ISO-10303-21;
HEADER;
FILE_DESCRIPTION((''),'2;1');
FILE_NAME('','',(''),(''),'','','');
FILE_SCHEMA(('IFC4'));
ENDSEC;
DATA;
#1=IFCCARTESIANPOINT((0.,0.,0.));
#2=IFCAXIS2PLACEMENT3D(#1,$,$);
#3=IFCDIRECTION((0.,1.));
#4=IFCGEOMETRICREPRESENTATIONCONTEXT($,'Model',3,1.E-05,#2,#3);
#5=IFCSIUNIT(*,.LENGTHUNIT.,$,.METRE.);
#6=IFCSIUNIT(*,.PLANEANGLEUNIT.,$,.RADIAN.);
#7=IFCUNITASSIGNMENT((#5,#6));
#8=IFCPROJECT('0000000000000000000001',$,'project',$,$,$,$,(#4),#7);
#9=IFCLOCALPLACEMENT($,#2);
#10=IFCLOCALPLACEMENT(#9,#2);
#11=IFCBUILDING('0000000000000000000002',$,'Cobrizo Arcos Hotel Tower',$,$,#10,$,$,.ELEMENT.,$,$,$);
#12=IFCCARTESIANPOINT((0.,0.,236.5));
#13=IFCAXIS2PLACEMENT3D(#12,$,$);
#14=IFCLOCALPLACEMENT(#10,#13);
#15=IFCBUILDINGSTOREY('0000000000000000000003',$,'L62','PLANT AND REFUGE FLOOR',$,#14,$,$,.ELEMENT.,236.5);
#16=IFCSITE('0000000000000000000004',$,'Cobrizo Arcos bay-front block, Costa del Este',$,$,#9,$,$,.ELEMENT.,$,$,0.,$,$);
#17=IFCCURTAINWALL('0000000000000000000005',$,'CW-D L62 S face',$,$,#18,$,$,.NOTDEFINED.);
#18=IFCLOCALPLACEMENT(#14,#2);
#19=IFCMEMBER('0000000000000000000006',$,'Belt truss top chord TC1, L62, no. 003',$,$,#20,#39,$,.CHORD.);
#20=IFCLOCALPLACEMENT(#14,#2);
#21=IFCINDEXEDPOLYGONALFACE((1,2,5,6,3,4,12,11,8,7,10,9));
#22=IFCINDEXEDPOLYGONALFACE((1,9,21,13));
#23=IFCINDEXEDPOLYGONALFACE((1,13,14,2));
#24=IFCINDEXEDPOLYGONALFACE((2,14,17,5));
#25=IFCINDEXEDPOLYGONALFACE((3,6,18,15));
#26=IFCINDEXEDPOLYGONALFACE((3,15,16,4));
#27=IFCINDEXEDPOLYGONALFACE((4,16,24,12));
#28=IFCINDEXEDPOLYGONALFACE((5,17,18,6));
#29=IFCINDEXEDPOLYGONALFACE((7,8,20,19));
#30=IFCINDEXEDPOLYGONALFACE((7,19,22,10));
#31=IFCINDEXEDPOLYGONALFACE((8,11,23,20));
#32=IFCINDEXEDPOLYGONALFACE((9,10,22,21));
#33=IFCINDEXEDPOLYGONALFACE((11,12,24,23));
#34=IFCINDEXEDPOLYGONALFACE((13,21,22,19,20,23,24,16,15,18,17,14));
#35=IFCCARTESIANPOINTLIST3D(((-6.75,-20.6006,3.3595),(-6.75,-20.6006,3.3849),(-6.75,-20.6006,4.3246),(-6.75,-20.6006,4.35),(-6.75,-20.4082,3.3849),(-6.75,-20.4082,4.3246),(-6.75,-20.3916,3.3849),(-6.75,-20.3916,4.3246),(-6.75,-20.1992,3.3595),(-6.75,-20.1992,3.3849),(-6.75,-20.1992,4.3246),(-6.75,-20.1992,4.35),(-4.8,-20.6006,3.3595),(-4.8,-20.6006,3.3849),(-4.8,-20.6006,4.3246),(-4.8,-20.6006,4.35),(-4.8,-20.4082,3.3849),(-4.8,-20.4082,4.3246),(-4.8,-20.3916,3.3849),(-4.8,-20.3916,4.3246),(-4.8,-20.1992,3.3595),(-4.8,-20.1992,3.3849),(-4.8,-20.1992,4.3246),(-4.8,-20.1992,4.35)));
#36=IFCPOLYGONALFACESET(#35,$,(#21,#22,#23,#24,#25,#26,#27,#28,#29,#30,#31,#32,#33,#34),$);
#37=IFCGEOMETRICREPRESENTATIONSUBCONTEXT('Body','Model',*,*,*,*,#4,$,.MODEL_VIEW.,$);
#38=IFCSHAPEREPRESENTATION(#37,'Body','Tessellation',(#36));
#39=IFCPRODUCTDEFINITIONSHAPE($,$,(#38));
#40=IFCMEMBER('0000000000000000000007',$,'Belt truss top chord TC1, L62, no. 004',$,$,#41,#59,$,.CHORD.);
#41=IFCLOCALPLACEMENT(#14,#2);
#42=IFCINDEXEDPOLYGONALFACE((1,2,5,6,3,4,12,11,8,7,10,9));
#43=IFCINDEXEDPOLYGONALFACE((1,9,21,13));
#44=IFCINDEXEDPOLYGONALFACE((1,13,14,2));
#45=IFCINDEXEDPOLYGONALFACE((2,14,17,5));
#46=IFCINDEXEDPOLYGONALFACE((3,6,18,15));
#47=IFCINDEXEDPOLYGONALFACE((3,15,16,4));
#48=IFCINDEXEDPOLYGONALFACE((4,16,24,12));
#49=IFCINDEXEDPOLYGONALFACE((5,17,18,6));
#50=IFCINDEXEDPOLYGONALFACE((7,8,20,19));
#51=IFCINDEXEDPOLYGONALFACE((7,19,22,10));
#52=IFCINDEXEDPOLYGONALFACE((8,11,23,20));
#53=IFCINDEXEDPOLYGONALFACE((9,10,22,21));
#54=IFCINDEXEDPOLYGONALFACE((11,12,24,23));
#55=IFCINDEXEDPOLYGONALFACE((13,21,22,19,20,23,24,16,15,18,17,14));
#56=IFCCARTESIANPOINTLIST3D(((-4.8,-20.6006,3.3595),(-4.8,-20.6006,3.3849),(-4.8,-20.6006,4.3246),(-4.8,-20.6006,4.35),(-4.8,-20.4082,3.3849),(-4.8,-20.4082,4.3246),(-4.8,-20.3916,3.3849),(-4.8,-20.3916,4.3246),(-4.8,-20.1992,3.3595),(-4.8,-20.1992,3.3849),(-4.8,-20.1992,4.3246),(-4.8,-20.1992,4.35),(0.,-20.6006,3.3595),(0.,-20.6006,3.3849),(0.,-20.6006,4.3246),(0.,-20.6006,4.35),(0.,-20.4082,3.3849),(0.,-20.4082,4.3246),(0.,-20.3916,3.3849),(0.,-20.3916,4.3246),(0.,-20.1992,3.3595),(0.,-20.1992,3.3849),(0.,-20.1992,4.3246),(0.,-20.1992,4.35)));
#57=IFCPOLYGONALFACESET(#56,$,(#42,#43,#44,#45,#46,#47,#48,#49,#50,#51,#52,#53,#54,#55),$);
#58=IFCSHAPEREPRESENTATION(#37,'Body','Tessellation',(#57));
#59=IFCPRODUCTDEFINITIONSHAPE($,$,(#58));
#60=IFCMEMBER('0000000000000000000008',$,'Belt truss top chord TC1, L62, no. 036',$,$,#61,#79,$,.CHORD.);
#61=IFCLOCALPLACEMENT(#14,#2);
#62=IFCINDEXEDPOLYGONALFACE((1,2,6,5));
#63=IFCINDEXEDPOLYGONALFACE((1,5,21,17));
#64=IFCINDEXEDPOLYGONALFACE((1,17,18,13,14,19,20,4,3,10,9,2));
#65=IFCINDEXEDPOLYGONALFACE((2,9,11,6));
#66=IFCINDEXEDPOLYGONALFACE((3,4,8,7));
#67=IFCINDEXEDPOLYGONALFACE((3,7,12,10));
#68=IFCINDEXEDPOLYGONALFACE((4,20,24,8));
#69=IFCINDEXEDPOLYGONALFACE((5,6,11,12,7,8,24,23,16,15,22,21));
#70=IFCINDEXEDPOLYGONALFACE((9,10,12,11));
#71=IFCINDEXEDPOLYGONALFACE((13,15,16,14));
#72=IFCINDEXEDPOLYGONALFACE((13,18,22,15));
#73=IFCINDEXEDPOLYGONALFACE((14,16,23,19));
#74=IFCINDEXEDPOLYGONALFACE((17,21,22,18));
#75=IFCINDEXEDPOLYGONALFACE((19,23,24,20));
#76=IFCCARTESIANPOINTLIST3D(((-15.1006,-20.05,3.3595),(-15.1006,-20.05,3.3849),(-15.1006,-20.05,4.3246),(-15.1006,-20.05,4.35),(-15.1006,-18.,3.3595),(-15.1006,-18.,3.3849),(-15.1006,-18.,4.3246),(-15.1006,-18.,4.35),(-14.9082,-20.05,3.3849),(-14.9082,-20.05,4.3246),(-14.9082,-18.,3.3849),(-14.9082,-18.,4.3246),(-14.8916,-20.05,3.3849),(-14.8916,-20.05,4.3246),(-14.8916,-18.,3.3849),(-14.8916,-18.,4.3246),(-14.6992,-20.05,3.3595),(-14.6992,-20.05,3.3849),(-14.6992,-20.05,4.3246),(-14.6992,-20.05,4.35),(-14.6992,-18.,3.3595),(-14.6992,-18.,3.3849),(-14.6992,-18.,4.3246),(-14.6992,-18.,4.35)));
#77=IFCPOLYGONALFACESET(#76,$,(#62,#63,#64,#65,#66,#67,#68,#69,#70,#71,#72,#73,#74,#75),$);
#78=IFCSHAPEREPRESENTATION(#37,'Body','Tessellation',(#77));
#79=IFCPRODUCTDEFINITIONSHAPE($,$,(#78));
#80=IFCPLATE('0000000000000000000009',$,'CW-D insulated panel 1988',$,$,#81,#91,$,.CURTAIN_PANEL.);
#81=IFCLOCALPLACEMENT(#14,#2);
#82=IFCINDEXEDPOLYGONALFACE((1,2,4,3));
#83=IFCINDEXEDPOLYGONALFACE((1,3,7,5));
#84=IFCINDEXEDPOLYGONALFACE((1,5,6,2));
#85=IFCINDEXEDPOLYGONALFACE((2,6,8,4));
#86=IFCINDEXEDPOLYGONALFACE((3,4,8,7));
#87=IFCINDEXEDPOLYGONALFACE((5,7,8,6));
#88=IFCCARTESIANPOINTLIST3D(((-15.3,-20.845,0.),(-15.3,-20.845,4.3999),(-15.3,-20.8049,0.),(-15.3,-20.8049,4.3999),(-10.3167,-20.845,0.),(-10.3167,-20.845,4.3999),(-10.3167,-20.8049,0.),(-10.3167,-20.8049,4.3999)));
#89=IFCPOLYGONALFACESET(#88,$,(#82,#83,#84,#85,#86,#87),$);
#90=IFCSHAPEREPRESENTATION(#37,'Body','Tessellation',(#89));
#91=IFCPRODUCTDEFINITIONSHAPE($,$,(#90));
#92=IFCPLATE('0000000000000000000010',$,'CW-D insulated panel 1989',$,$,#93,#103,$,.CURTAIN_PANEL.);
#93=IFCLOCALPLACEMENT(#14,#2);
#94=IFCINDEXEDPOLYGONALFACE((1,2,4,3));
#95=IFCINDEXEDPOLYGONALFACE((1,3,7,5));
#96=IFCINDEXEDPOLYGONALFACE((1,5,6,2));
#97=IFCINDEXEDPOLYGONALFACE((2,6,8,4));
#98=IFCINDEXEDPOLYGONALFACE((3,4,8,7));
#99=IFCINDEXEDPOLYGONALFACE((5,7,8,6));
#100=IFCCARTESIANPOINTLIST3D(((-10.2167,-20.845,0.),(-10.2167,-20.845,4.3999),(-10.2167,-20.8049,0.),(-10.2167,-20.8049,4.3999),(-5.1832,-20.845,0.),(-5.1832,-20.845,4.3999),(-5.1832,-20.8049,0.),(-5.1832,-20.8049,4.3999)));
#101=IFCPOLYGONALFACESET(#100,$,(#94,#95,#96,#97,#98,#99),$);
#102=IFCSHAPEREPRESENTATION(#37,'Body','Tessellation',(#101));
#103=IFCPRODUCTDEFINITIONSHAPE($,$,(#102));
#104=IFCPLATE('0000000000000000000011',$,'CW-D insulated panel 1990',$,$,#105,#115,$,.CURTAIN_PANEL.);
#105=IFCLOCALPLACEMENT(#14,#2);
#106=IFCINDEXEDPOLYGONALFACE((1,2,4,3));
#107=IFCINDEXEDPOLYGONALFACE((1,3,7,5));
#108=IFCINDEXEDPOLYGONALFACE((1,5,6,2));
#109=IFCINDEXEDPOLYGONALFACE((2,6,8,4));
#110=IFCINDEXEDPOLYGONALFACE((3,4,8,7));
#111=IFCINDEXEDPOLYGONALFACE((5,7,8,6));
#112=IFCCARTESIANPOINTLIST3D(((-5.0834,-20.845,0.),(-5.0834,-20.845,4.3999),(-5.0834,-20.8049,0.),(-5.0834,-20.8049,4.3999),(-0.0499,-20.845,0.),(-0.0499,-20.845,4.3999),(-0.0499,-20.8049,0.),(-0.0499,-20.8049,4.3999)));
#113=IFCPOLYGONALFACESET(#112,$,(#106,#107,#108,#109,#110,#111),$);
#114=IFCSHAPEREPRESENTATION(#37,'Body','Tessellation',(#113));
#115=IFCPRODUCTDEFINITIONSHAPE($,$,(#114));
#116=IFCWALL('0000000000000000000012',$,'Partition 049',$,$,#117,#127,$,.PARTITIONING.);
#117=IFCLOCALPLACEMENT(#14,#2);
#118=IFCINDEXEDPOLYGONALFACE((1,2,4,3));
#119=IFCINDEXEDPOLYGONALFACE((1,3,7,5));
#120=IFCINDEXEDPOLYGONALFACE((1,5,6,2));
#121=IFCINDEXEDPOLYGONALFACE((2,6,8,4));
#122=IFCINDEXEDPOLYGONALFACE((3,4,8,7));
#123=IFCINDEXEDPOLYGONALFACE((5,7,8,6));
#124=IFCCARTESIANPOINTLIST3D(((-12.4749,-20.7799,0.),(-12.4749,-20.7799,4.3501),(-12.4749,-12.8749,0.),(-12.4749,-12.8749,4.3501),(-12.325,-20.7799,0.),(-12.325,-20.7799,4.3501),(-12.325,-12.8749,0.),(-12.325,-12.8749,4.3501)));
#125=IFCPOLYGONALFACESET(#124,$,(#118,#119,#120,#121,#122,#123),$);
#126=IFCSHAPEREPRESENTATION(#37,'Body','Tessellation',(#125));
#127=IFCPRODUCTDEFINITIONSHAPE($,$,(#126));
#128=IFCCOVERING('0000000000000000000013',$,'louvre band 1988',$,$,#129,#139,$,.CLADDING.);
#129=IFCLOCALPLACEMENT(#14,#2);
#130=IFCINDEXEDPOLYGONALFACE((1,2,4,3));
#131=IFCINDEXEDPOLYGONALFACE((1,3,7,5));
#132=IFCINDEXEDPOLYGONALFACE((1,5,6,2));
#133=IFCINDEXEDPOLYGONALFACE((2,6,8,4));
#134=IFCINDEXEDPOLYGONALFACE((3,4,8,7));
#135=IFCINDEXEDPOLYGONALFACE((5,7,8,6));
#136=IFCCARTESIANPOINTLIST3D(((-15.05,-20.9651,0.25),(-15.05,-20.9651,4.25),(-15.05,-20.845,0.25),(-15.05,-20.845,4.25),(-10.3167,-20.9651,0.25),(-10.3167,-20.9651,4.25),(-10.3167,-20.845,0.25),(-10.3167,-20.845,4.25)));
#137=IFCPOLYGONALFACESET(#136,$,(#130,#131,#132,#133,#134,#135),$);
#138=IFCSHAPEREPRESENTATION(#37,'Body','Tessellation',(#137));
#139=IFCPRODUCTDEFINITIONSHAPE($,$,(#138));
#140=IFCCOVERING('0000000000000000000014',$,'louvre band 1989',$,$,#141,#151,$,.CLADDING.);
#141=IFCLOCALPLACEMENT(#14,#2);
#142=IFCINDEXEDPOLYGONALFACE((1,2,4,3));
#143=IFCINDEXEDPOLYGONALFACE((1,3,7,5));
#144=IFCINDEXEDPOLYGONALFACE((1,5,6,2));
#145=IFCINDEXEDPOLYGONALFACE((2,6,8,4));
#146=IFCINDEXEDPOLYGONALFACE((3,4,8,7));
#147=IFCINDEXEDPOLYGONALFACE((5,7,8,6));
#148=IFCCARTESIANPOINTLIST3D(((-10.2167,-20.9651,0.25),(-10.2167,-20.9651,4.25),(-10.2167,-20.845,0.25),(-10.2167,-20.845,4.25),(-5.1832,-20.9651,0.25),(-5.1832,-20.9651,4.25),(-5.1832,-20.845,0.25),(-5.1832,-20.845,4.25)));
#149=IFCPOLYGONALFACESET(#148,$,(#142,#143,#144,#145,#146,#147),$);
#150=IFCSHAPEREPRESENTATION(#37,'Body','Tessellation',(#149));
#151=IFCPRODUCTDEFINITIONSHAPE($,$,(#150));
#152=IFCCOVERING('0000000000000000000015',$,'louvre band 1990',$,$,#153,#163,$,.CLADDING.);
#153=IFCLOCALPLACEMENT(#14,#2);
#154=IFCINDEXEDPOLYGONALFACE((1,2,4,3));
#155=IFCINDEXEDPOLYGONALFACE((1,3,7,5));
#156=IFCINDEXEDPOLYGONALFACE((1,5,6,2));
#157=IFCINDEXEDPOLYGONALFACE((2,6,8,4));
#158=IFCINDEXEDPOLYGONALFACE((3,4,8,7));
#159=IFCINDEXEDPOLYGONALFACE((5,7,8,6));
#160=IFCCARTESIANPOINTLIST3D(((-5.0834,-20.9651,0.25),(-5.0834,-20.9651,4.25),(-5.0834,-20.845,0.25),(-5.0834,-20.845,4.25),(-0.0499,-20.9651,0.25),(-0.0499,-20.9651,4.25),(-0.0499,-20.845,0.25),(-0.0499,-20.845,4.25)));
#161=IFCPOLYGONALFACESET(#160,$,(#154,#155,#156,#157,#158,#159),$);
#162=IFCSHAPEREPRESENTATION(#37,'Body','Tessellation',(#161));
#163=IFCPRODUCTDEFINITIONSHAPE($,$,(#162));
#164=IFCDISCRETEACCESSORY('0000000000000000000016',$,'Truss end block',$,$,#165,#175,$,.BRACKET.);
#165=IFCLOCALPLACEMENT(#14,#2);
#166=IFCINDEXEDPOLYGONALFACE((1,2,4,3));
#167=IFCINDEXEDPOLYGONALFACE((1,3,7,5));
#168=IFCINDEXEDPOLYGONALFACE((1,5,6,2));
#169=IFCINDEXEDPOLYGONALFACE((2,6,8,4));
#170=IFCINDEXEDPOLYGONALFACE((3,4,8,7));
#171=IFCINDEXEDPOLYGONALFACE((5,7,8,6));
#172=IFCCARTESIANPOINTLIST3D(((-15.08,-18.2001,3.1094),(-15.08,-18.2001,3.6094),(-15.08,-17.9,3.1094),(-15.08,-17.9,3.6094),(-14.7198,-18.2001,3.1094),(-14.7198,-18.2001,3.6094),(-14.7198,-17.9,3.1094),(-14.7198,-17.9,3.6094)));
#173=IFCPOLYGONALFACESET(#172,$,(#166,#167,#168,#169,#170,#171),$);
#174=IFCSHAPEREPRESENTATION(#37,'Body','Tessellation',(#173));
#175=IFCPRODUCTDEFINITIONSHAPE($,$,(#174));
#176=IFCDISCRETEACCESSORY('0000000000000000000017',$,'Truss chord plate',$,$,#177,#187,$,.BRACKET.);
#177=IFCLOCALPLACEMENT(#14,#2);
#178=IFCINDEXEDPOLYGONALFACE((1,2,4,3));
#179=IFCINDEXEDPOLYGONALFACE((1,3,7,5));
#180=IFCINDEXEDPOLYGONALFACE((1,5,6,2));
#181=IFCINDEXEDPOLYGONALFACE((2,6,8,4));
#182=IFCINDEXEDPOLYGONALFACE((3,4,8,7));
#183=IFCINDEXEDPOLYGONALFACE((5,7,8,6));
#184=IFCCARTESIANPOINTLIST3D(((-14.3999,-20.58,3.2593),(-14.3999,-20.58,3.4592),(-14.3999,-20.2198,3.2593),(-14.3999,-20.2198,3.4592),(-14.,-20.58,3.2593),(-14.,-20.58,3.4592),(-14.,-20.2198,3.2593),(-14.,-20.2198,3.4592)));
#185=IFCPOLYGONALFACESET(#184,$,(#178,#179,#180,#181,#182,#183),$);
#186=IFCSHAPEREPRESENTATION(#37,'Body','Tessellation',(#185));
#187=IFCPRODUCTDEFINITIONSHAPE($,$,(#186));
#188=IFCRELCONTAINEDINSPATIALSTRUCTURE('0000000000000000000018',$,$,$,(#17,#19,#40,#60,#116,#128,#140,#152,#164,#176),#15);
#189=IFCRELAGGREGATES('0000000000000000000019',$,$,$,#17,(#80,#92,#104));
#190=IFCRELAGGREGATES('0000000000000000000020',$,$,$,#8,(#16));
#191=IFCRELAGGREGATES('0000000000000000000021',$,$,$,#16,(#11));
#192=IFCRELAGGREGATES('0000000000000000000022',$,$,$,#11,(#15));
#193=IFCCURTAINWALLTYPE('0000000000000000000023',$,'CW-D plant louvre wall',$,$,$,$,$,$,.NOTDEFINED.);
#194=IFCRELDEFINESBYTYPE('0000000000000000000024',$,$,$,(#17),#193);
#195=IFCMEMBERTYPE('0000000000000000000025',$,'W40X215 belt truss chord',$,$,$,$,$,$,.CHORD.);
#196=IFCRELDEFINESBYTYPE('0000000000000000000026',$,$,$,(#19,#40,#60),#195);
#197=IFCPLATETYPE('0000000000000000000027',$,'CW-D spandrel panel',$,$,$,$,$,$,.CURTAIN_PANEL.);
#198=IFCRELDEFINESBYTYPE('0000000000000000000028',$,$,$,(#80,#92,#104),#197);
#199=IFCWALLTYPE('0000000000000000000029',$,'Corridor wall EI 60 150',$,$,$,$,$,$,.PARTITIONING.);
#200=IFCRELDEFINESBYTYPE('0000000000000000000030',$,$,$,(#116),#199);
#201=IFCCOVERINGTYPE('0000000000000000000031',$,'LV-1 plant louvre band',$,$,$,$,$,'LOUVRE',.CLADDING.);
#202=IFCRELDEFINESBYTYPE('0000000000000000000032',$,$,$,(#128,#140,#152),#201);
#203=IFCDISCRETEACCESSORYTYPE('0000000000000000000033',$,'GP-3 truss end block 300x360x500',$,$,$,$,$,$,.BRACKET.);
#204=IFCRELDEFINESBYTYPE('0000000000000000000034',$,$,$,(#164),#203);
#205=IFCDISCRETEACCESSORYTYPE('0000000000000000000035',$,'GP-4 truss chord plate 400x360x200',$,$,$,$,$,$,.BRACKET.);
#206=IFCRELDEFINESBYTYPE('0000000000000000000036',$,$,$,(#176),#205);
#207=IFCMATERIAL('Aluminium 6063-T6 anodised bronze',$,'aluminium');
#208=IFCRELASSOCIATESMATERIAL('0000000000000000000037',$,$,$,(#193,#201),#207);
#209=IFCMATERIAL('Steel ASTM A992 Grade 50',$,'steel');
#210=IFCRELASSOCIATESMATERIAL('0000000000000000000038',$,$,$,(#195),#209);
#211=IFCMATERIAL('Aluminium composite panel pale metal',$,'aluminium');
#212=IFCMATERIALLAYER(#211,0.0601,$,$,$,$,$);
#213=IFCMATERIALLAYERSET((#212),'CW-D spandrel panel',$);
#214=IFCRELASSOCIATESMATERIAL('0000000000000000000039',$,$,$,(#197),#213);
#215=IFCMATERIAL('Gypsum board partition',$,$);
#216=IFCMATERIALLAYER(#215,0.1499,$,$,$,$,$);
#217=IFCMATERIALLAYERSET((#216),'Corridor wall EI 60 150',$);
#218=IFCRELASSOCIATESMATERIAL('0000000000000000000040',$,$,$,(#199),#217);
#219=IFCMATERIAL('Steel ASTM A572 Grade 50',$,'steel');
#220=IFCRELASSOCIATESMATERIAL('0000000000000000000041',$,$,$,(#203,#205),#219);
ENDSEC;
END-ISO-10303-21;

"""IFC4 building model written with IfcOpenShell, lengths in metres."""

from ifc_helpers import new_model, si_unit, direction, frame, frame_2d, origin, origin_2d, place, context, subcontext, project, spatial, rectangle, i_section, extrude, material, layer, layer_set, material_profile, profile_set, type_object, element, aggregate, save


model = new_model("IFC4")

# Units and contexts
model_context = context("Model", 3, precision=1e-05, world=origin(), true_north=direction((0.0, 1.0)))
body_context = subcontext(model_context, "Body", "Model", "MODEL_VIEW")
ifc_project = project(units=[si_unit("LENGTHUNIT", "METRE"), si_unit("PLANEANGLEUNIT", "RADIAN")], contexts=[model_context])

# Site, building, storey
site_placement = place(None, origin())
site = spatial("IfcSite", under=ifc_project, at=site_placement, Name="Cobrizo Arcos bay-front block, Costa del Este", CompositionType="ELEMENT", RefElevation=0.0)
building_placement = place(site_placement, origin())
building = spatial("IfcBuilding", under=site, at=building_placement, Name="Cobrizo Arcos Hotel Tower", CompositionType="ELEMENT")
storey_placement = place(building_placement, frame((0.0, 0.0, 236.5)))
storey = spatial("IfcBuildingStorey", under=building, at=storey_placement, Name="L62", Description="PLANT AND REFUGE FLOOR", CompositionType="ELEMENT", Elevation=236.5)

# Curtain wall
ifc_material_1 = material(Name="Aluminium 6063-T6 anodised bronze", Category="aluminium")
curtain_wall_type = type_object("IfcCurtainWallType", Name="CW-D plant louvre wall", PredefinedType="NOTDEFINED", material=ifc_material_1)
curtain_wall_placement = place(storey_placement, origin())
curtain_wall = element("IfcCurtainWall", 1, at=curtain_wall_placement, inside=storey, type_object=curtain_wall_type, Name="CW-D L62 S face", PredefinedType="NOTDEFINED")

# Members
ifc_material_2 = material(Name="Steel ASTM A992 Grade 50", Category="steel")
ifc_material_profile_1 = material_profile(ifc_material_2, i_section(OverallWidth=0.4014, OverallDepth=0.9905, WebThickness=0.0166, FlangeThickness=0.0254, at=origin_2d()), Name="W40X215")
ifc_profile_set_1 = profile_set([ifc_material_profile_1], Name="Steel ASTM A992 Grade 50")
member_type_1 = type_object("IfcMemberType", Name="W40X215 belt truss chord", PredefinedType="CHORD", material=ifc_profile_set_1)
member_1_placement = place(storey_placement, frame((-6.75, -20.3999, 3.8547), z_axis=(1.0, 0.0, 0.0), x_axis=(0.0, 1.0, 0.0)))
element("IfcMember", 2, at=member_1_placement, inside=storey, type_object=member_type_1, Name="Belt truss top chord TC1, L62, no. 003", PredefinedType="CHORD", context=body_context, shape_type="SweptSolid", body=[
    extrude(i_section(OverallWidth=0.4014, OverallDepth=0.9905, WebThickness=0.0166, FlangeThickness=0.0254, at=origin_2d()), origin(), (0.0, 0.0, 1.0), 1.95),
])
member_2_placement = place(storey_placement, frame((-4.8, -20.3999, 3.8547), z_axis=(1.0, 0.0, 0.0), x_axis=(0.0, 1.0, 0.0)))
element("IfcMember", 3, at=member_2_placement, inside=storey, type_object=member_type_1, Name="Belt truss top chord TC1, L62, no. 004", PredefinedType="CHORD", context=body_context, shape_type="SweptSolid", body=[
    extrude(i_section(OverallWidth=0.4014, OverallDepth=0.9905, WebThickness=0.0166, FlangeThickness=0.0254, at=origin_2d()), origin(), (0.0, 0.0, 1.0), 4.8),
])
member_3_placement = place(storey_placement, frame((-14.8999, -18.0, 3.8547), z_axis=(0.0, -1.0, 0.0), x_axis=(1.0, 0.0, 0.0)))
element("IfcMember", 4, at=member_3_placement, inside=storey, type_object=member_type_1, Name="Belt truss top chord TC1, L62, no. 036", PredefinedType="CHORD", context=body_context, shape_type="SweptSolid", body=[
    extrude(i_section(OverallWidth=0.4014, OverallDepth=0.9905, WebThickness=0.0166, FlangeThickness=0.0254, at=origin_2d()), origin(), (0.0, 0.0, 1.0), 2.05),
])

# Plates
ifc_material_3 = material(Name="Aluminium composite panel pale metal", Category="aluminium")
ifc_layer_1 = layer(ifc_material_3, 0.0601)
ifc_layer_set_1 = layer_set([ifc_layer_1], Name="CW-D spandrel panel")
plate_type = type_object("IfcPlateType", Name="CW-D spandrel panel", PredefinedType="CURTAIN_PANEL", material=ifc_layer_set_1)
plate_1_placement = place(storey_placement, frame((-12.8083, -20.825, 0.0), z_axis=(0.0, 0.0, 1.0), x_axis=(1.0, 0.0, 0.0)))
plate_1 = element("IfcPlate", 5, at=plate_1_placement, type_object=plate_type, Name="CW-D insulated panel 1988", PredefinedType="CURTAIN_PANEL", context=body_context, shape_type="SweptSolid", body=[
    extrude(rectangle(XDim=4.9834, YDim=0.04, at=origin_2d()), origin(), (0.0, 0.0, 1.0), 4.3999),
])
plate_2_placement = place(storey_placement, frame((-7.7, -20.825, 0.0), z_axis=(0.0, 0.0, 1.0), x_axis=(1.0, 0.0, 0.0)))
plate_2 = element("IfcPlate", 6, at=plate_2_placement, type_object=plate_type, Name="CW-D insulated panel 1989", PredefinedType="CURTAIN_PANEL", context=body_context, shape_type="SweptSolid", body=[
    extrude(rectangle(XDim=5.0334, YDim=0.04, at=origin_2d()), origin(), (0.0, 0.0, 1.0), 4.3999),
])
plate_3_placement = place(storey_placement, frame((-2.5667, -20.825, 0.0), z_axis=(0.0, 0.0, 1.0), x_axis=(1.0, 0.0, 0.0)))
plate_3 = element("IfcPlate", 7, at=plate_3_placement, type_object=plate_type, Name="CW-D insulated panel 1990", PredefinedType="CURTAIN_PANEL", context=body_context, shape_type="SweptSolid", body=[
    extrude(rectangle(XDim=5.0334, YDim=0.04, at=origin_2d()), origin(), (0.0, 0.0, 1.0), 4.3999),
])
aggregate(curtain_wall, [plate_1, plate_2, plate_3])

# Wall
ifc_material_4 = material(Name="Gypsum board partition")
ifc_layer_2 = layer(ifc_material_4, 0.1499)
ifc_layer_set_2 = layer_set([ifc_layer_2], Name="Corridor wall EI 60 150")
wall_type = type_object("IfcWallType", Name="Corridor wall EI 60 150", PredefinedType="PARTITIONING", material=ifc_layer_set_2)
wall_placement = place(storey_placement, frame((-12.3999, -20.78, 0.0), z_axis=(0.0, 0.0, 1.0), x_axis=(0.0, 1.0, 0.0)))
element("IfcWall", 8, at=wall_placement, inside=storey, type_object=wall_type, Name="Partition 049", PredefinedType="PARTITIONING", context=body_context, shape_type="SweptSolid", body=[
    extrude(rectangle(XDim=7.905, YDim=0.1499, at=frame_2d((3.9526, 0.0))), origin(), (0.0, 0.0, 1.0), 4.3501),
])

# Coverings
covering_type = type_object("IfcCoveringType", Name="LV-1 plant louvre band", ElementType="LOUVRE", PredefinedType="CLADDING", material=ifc_material_1)
covering_placement = place(storey_placement, frame((-12.6833, -20.905, 0.25), z_axis=(0.0, 0.0, 1.0), x_axis=(1.0, 0.0, 0.0)))
element("IfcCovering", 9, at=covering_placement, inside=storey, type_object=covering_type, Name="louvre band 1988", PredefinedType="CLADDING", context=body_context, shape_type="SweptSolid", body=[
    extrude(rectangle(XDim=4.7334, YDim=0.1201, at=origin_2d()), origin(), (0.0, 0.0, 1.0), 4.0),
])
for number, where, z_axis, x_axis, name in (
    (10, (-7.7, -20.905, 0.25), (0.0, 0.0, 1.0), (1.0, 0.0, 0.0), "louvre band 1989"),
    (11, (-2.5667, -20.905, 0.25), (0.0, 0.0, 1.0), (1.0, 0.0, 0.0), "louvre band 1990"),
):
    element("IfcCovering", number, at=place(storey_placement, frame(where, z_axis=z_axis, x_axis=x_axis)), inside=storey, type_object=covering_type, Name=name, PredefinedType="CLADDING", context=body_context, shape_type="SweptSolid", body=[
        extrude(rectangle(XDim=5.0334, YDim=0.1201, at=origin_2d()), origin(), (0.0, 0.0, 1.0), 4.0),
    ])

# Discrete accessories
ifc_material_5 = material(Name="Steel ASTM A572 Grade 50", Category="steel")
discrete_accessory_type_1 = type_object("IfcDiscreteAccessoryType", Name="GP-3 truss end block 300x360x500", PredefinedType="BRACKET", material=ifc_material_5)
discrete_accessory_placement = place(storey_placement, frame((-14.8999, -18.05, 3.1094), z_axis=(0.0, 0.0, 1.0), x_axis=(0.0, -1.0, 0.0)))
element("IfcDiscreteAccessory", 12, at=discrete_accessory_placement, inside=storey, type_object=discrete_accessory_type_1, Name="Truss end block", PredefinedType="BRACKET", context=body_context, shape_type="SweptSolid", body=[
    extrude(rectangle(XDim=0.3, YDim=0.3601, at=origin_2d()), origin(), (0.0, 0.0, 1.0), 0.5),
])
discrete_accessory_type_2 = type_object("IfcDiscreteAccessoryType", Name="GP-4 truss chord plate 400x360x200", PredefinedType="BRACKET", material=ifc_material_5)
for number, where, z_axis, x_axis, name in (
    (13, (-14.2, -20.3999, 3.2593), (0.0, 0.0, 1.0), (1.0, 0.0, 0.0), "Truss chord plate"),
):
    element("IfcDiscreteAccessory", number, at=place(storey_placement, frame(where, z_axis=z_axis, x_axis=x_axis)), inside=storey, type_object=discrete_accessory_type_2, Name=name, PredefinedType="BRACKET", context=body_context, shape_type="SweptSolid", body=[
        extrude(rectangle(XDim=0.3999, YDim=0.3601, at=origin_2d()), origin(), (0.0, 0.0, 1.0), 0.2),
    ])

save(model, "model.ifc")
